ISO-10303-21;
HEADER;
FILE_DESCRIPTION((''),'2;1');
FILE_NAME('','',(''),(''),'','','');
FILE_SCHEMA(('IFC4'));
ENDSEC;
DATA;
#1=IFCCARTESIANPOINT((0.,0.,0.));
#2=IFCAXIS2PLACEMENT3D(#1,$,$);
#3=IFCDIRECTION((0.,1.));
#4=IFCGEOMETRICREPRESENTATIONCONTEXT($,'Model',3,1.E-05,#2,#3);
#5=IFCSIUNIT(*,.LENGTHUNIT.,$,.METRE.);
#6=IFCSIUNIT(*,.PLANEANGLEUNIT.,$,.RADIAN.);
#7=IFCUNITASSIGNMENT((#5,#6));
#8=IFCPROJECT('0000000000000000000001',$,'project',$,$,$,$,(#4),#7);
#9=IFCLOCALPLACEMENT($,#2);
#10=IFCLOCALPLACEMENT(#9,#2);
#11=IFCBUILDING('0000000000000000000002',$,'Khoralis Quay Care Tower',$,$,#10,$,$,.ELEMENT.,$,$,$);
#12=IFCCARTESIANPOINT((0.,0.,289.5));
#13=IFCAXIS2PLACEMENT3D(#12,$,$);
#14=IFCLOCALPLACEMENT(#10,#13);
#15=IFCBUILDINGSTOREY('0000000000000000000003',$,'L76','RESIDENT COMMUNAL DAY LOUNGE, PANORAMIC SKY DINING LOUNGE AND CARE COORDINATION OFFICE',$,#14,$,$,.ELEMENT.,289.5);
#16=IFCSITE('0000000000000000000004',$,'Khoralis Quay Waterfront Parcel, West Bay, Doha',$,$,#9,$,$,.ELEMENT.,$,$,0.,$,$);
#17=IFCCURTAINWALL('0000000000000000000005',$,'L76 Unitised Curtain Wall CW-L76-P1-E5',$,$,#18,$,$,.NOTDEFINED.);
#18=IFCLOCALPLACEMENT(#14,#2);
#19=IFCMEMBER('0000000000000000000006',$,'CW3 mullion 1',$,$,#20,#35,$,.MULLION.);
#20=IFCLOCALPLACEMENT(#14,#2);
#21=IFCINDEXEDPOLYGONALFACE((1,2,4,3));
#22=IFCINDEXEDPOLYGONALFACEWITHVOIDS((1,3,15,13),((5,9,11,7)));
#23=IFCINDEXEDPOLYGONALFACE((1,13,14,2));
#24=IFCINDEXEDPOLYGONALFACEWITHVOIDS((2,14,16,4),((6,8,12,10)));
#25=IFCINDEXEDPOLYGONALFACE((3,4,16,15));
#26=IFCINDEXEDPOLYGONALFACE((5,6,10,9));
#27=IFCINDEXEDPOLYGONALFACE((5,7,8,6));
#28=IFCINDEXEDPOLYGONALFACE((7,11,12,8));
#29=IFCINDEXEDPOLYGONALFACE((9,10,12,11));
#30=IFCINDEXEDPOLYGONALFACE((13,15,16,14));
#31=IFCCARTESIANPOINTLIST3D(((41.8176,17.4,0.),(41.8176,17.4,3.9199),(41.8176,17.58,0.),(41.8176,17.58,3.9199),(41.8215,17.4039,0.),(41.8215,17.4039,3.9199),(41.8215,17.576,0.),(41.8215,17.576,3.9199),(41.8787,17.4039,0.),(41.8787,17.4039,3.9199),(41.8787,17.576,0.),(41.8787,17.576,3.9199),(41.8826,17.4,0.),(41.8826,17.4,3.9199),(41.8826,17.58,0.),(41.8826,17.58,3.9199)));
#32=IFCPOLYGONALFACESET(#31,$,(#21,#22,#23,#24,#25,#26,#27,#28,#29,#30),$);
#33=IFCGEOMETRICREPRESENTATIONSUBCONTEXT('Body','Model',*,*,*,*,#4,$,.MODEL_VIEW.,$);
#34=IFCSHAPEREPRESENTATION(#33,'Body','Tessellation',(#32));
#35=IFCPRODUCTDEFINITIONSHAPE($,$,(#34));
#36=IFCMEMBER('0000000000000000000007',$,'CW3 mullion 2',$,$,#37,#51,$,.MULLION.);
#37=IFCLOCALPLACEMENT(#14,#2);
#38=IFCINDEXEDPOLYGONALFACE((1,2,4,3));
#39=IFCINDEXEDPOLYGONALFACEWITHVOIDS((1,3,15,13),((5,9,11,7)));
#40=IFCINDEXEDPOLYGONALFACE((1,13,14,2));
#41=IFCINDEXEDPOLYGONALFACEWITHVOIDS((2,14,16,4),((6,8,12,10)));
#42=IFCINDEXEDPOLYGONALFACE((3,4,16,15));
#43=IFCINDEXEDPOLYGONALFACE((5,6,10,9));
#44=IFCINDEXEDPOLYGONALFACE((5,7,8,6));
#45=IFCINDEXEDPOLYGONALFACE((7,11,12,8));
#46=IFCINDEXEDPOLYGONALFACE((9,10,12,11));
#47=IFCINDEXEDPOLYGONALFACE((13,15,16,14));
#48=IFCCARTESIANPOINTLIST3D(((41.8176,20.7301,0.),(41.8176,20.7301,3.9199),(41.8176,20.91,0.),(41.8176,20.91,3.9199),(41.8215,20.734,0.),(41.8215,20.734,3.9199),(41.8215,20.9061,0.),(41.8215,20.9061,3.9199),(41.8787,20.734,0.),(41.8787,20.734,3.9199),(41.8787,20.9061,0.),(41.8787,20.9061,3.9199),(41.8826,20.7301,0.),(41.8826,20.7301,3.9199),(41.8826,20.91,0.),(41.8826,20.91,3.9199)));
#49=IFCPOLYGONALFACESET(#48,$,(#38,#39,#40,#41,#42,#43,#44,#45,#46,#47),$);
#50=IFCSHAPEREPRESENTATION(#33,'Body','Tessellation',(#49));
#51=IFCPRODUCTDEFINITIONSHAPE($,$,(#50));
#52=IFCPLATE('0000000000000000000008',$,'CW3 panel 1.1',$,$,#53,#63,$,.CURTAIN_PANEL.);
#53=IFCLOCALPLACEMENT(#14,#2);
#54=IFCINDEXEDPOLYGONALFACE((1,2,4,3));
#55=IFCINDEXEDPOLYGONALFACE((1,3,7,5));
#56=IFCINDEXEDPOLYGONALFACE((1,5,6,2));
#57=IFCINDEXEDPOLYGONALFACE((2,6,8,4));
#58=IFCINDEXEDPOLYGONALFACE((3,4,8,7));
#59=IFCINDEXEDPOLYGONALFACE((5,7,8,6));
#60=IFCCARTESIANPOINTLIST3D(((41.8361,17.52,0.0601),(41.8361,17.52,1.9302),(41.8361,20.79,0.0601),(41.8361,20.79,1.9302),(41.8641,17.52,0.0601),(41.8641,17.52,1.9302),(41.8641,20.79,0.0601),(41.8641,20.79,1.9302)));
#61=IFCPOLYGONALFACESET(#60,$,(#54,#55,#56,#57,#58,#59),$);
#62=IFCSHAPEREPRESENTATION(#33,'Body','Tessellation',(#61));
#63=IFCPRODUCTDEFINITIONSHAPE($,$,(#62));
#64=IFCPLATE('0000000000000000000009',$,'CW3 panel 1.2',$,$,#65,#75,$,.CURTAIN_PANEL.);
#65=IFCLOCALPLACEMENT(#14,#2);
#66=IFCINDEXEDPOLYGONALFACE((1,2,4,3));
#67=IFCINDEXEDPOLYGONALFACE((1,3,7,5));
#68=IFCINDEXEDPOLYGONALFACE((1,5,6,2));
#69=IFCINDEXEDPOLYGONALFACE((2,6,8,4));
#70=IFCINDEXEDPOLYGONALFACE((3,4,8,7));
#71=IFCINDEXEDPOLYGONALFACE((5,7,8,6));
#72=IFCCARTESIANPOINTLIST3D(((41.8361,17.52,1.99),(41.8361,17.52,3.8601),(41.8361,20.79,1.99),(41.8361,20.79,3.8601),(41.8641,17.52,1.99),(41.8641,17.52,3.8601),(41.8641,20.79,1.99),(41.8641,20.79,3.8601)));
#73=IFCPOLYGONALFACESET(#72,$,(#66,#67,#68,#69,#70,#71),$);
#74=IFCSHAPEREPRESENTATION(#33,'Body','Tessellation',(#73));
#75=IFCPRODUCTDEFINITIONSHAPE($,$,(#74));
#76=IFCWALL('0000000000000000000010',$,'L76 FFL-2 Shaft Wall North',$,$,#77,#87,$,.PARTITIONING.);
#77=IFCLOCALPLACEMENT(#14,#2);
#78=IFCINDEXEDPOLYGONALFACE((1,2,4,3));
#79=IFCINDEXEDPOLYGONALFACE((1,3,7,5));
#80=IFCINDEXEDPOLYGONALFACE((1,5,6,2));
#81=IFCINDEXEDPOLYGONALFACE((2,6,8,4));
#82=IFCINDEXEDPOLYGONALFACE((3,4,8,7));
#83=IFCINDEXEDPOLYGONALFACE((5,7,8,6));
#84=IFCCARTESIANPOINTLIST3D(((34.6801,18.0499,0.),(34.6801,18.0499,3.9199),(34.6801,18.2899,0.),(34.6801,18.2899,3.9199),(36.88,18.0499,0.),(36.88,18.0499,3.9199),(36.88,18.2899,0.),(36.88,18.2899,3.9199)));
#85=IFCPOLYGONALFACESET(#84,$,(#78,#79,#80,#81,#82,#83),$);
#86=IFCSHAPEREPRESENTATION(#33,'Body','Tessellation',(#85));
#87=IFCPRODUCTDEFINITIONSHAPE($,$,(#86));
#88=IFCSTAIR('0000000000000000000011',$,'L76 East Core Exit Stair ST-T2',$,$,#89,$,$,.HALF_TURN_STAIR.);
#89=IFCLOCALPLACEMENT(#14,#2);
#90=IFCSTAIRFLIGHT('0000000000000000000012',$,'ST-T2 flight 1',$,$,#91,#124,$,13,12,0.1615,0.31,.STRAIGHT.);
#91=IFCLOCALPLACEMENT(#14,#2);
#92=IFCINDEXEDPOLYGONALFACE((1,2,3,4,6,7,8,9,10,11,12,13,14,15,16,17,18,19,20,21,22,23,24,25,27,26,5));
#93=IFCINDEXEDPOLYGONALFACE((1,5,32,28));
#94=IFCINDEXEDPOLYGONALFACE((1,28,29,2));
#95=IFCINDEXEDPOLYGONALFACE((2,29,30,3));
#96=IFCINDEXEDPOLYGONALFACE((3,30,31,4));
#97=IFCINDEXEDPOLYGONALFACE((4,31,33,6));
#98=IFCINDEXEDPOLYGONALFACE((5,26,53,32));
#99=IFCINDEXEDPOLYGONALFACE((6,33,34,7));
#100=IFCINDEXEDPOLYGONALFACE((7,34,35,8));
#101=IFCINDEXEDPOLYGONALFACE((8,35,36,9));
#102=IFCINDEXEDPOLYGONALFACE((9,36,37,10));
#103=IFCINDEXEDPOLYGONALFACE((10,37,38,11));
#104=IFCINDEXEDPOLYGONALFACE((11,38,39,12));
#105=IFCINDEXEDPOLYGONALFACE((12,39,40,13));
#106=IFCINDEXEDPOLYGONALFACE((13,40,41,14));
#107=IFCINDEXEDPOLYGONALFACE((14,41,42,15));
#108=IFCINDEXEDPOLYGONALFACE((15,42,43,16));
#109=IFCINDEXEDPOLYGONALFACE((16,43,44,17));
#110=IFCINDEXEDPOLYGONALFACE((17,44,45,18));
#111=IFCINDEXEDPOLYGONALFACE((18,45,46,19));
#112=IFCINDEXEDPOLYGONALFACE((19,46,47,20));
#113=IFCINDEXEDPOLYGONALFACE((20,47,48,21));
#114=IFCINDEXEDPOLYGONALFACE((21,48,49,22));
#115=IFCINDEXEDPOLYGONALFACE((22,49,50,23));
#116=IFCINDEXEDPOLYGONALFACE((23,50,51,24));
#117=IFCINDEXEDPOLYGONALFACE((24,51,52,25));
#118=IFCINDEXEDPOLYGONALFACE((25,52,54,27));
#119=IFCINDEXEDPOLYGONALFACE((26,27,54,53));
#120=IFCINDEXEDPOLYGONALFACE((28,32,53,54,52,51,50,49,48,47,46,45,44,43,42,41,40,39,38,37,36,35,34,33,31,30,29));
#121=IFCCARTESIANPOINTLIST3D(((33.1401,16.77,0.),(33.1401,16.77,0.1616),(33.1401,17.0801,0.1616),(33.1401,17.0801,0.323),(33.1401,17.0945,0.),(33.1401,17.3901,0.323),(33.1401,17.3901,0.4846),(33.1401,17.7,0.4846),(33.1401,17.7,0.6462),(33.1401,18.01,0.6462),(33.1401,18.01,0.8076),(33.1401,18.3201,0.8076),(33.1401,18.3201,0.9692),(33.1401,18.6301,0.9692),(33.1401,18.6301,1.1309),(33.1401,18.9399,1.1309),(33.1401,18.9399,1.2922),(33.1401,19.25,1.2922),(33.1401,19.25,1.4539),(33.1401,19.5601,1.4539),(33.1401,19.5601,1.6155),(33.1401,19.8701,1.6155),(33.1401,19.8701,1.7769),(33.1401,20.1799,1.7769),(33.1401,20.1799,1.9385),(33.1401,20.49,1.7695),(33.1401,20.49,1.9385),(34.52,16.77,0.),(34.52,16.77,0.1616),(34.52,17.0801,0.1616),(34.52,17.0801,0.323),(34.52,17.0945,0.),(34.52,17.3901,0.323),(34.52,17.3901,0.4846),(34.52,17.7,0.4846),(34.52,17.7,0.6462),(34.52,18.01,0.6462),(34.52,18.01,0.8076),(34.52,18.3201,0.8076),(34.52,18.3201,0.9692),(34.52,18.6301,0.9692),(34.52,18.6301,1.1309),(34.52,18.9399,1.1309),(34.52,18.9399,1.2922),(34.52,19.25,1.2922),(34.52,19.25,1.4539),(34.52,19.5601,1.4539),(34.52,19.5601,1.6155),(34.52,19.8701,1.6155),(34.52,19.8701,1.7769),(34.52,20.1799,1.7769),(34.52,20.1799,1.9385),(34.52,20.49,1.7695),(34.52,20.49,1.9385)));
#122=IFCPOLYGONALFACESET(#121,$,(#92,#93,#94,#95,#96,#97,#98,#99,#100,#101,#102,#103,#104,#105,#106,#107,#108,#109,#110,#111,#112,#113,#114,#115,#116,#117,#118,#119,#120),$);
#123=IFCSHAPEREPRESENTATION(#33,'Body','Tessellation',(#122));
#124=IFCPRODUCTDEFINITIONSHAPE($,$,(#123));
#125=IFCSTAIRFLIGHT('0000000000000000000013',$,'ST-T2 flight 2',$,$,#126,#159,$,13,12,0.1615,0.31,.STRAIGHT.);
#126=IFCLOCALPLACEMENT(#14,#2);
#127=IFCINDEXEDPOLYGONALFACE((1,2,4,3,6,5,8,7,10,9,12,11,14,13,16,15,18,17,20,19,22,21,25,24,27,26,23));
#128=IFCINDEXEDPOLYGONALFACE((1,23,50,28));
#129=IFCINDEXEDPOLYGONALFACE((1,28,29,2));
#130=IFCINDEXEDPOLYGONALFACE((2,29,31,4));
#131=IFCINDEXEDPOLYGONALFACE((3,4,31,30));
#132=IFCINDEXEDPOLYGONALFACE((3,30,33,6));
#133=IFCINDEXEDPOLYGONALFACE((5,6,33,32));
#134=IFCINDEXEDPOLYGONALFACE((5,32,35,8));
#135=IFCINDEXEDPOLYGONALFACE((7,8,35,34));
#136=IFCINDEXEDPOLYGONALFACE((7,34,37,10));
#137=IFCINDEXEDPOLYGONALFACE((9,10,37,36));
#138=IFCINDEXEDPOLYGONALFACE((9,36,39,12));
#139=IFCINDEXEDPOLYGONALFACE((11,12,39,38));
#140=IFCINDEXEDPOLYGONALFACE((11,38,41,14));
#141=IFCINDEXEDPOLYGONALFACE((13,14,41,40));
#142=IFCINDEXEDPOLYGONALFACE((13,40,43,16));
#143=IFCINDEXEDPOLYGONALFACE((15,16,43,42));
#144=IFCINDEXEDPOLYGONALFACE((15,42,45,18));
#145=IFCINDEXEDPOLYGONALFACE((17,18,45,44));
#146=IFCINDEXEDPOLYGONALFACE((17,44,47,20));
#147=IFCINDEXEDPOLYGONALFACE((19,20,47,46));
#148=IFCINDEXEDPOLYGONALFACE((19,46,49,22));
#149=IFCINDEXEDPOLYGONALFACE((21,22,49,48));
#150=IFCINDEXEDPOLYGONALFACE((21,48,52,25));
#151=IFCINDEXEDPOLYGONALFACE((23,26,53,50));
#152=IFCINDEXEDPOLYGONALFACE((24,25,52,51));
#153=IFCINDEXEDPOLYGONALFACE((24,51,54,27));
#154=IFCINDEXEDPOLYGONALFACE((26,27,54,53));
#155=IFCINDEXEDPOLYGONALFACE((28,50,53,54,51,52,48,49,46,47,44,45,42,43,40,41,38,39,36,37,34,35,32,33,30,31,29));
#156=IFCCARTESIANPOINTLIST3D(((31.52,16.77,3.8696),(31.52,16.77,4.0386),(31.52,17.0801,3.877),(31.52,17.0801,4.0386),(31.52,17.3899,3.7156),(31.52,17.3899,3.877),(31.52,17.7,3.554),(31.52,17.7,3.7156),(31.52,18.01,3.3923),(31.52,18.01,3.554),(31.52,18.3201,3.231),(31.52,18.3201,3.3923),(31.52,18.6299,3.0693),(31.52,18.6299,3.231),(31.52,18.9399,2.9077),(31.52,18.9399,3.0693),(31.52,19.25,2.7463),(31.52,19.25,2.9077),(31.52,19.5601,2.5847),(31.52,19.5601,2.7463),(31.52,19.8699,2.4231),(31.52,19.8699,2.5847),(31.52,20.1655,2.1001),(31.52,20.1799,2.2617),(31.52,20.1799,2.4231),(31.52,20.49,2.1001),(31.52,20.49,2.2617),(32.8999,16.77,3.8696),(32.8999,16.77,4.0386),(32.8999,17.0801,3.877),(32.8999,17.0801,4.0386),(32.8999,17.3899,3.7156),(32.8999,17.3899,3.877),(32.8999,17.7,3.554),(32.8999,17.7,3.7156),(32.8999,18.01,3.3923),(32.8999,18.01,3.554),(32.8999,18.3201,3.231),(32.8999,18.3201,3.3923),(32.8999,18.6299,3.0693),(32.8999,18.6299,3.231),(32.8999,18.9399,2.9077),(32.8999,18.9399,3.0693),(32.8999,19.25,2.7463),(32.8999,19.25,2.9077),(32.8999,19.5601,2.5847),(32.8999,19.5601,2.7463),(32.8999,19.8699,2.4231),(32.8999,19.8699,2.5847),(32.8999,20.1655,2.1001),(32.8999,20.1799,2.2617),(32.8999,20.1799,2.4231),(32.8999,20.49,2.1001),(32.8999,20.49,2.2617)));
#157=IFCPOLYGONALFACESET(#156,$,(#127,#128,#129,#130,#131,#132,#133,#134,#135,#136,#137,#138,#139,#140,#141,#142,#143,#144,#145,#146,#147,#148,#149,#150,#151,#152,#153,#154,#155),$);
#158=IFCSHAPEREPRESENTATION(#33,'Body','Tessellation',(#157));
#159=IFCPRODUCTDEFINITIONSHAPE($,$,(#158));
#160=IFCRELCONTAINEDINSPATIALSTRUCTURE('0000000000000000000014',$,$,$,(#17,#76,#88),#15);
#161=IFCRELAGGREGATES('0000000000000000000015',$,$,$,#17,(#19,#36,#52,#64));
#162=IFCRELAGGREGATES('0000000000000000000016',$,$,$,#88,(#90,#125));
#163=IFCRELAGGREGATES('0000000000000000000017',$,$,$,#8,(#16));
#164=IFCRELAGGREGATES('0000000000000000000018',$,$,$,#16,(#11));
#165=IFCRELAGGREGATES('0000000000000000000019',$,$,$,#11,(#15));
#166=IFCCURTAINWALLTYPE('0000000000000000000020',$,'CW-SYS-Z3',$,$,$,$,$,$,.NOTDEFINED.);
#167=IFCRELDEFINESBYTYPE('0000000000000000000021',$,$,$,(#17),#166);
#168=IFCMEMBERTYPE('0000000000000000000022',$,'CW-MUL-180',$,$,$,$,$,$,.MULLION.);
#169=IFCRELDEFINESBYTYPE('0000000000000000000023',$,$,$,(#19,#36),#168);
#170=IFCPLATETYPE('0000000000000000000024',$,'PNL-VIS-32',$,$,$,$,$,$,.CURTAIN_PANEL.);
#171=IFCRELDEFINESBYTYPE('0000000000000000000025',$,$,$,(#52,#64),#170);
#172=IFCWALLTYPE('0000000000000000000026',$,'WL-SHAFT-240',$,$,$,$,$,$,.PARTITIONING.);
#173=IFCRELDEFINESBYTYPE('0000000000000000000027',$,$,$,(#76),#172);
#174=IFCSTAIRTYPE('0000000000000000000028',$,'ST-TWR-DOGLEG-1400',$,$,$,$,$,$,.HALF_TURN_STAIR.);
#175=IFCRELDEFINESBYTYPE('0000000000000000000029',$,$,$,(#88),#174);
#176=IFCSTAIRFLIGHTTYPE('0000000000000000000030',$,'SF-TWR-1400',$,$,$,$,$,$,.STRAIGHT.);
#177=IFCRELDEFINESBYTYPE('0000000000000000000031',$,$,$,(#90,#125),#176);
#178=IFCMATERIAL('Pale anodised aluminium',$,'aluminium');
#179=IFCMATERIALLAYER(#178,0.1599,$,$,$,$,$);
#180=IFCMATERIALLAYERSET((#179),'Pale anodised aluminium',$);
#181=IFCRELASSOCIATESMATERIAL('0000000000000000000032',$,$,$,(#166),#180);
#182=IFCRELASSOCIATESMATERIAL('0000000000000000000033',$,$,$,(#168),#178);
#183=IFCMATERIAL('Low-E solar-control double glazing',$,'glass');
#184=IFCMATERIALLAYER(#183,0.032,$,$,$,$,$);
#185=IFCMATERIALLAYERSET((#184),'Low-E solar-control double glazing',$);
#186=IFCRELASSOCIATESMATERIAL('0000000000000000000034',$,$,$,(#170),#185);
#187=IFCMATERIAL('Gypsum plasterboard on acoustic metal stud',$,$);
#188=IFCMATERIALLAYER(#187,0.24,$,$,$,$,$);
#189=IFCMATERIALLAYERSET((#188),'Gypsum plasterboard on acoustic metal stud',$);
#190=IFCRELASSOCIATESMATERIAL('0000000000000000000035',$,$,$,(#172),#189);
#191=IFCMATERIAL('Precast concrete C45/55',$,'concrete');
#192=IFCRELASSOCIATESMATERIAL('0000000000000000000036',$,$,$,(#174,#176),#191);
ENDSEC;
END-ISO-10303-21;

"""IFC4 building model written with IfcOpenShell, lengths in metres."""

from ifc_helpers import new_model, si_unit, direction, frame, frame_2d, origin, origin_2d, place, context, subcontext, project, spatial, polyline, rectangle, hollow_rectangle, outline, extrude, source, transform, mapped, material, layer, layer_set, material_profile, profile_set, type_object, element, aggregate, save


model = new_model("IFC4")

# Units and contexts
model_context = context("Model", 3, precision=1e-05, world=origin(), true_north=direction((0.0, 1.0)))
body_context = subcontext(model_context, "Body", "Model", "MODEL_VIEW")
ifc_project = project(units=[si_unit("LENGTHUNIT", "METRE"), si_unit("PLANEANGLEUNIT", "RADIAN")], contexts=[model_context])

# Site, building, storey
site_placement = place(None, origin())
site = spatial("IfcSite", under=ifc_project, at=site_placement, Name="Khoralis Quay Waterfront Parcel, West Bay, Doha", CompositionType="ELEMENT", RefElevation=0.0)
building_placement = place(site_placement, origin())
building = spatial("IfcBuilding", under=site, at=building_placement, Name="Khoralis Quay Care Tower", CompositionType="ELEMENT")
storey_placement = place(building_placement, frame((0.0, 0.0, 289.5)))
storey = spatial("IfcBuildingStorey", under=building, at=storey_placement, Name="L76", Description="RESIDENT COMMUNAL DAY LOUNGE, PANORAMIC SKY DINING LOUNGE AND CARE COORDINATION OFFICE", CompositionType="ELEMENT", Elevation=289.5)

# Curtain wall, members, plates
ifc_material_1 = material(Name="Pale anodised aluminium", Category="aluminium")
ifc_layer_1 = layer(ifc_material_1, 0.1599)
ifc_layer_set_1 = layer_set([ifc_layer_1], Name="Pale anodised aluminium")
curtain_wall_type = type_object("IfcCurtainWallType", Name="CW-SYS-Z3", PredefinedType="NOTDEFINED", material=ifc_layer_set_1)
curtain_wall_placement = place(storey_placement, origin())
curtain_wall = element("IfcCurtainWall", 1, at=curtain_wall_placement, inside=storey, type_object=curtain_wall_type, Name="L76 Unitised Curtain Wall CW-L76-P1-E5", PredefinedType="NOTDEFINED")
ifc_material_profile_1 = material_profile(ifc_material_1, hollow_rectangle(XDim=0.0649, YDim=0.1799, WallThickness=0.0039, at=origin_2d()), Name="Pale anodised aluminium")
ifc_profile_set_1 = profile_set([ifc_material_profile_1], Name="Pale anodised aluminium")
member_type_1 = type_object("IfcMemberType", Name="CW-MUL-180", PredefinedType="MULLION", material=ifc_profile_set_1)
shared_shape_1 = source(origin(), body_context, "Body", "SweptSolid", [
    extrude(hollow_rectangle(XDim=0.0649, YDim=0.1799, WallThickness=0.0039, at=origin_2d()), origin(), (0.0, 0.0, 1.0), 3.9199),
])
member_1_placement = place(storey_placement, frame((41.8501, 17.49, 0.0), z_axis=(0.0, 0.0, 1.0), x_axis=(-1.0, 0.0, 0.0)))
member_1 = element("IfcMember", 2, at=member_1_placement, type_object=member_type_1, Name="CW3 mullion 1", PredefinedType="MULLION", context=body_context, shape_type="MappedRepresentation", body=[
    mapped(shared_shape_1, transform((0.0, 0.0, 0.0), scale=1.0)),
])
member_2_placement = place(storey_placement, frame((41.8501, 20.8201, 0.0), z_axis=(0.0, 0.0, 1.0), x_axis=(-1.0, 0.0, 0.0)))
member_2 = element("IfcMember", 3, at=member_2_placement, type_object=member_type_1, Name="CW3 mullion 2", PredefinedType="MULLION", context=body_context, shape_type="MappedRepresentation", body=[
    mapped(shared_shape_1, transform((0.0, 0.0, 0.0), scale=1.0)),
])
ifc_material_2 = material(Name="Low-E solar-control double glazing", Category="glass")
ifc_layer_2 = layer(ifc_material_2, 0.032)
ifc_layer_set_2 = layer_set([ifc_layer_2], Name="Low-E solar-control double glazing")
plate_type = type_object("IfcPlateType", Name="PNL-VIS-32", PredefinedType="CURTAIN_PANEL", material=ifc_layer_set_2)
shared_shape_2 = source(origin(), body_context, "Body", "SweptSolid", [
    extrude(rectangle(XDim=3.27, YDim=0.0281, at=origin_2d()), origin(), (0.0, 0.0, 1.0), 1.8701),
])
plate_1_placement = place(storey_placement, frame((41.8501, 19.155, 0.0601), z_axis=(0.0, 0.0, 1.0), x_axis=(0.0, 1.0, 0.0)))
plate_1 = element("IfcPlate", 4, at=plate_1_placement, type_object=plate_type, Name="CW3 panel 1.1", PredefinedType="CURTAIN_PANEL", context=body_context, shape_type="MappedRepresentation", body=[
    mapped(shared_shape_2, transform((0.0, 0.0, 0.0), scale=1.0)),
])
plate_2_placement = place(storey_placement, frame((41.8501, 19.155, 1.99), z_axis=(0.0, 0.0, 1.0), x_axis=(0.0, 1.0, 0.0)))
plate_2 = element("IfcPlate", 5, at=plate_2_placement, type_object=plate_type, Name="CW3 panel 1.2", PredefinedType="CURTAIN_PANEL", context=body_context, shape_type="MappedRepresentation", body=[
    mapped(shared_shape_2, transform((0.0, 0.0, 0.0), scale=1.0)),
])
aggregate(curtain_wall, [member_1, member_2, plate_1, plate_2])

# Wall
ifc_material_3 = material(Name="Gypsum plasterboard on acoustic metal stud")
ifc_layer_3 = layer(ifc_material_3, 0.24)
ifc_layer_set_3 = layer_set([ifc_layer_3], Name="Gypsum plasterboard on acoustic metal stud")
wall_type = type_object("IfcWallType", Name="WL-SHAFT-240", PredefinedType="PARTITIONING", material=ifc_layer_set_3)
wall_placement = place(storey_placement, frame((34.6799, 18.1699, 0.0), z_axis=(0.0, 0.0, 1.0), x_axis=(1.0, 0.0, 0.0)))
element("IfcWall", 6, at=wall_placement, inside=storey, type_object=wall_type, Name="L76 FFL-2 Shaft Wall North", PredefinedType="PARTITIONING", context=body_context, shape_type="SweptSolid", body=[
    extrude(rectangle(XDim=2.2, YDim=0.24, at=frame_2d((1.1001, 0.0))), origin(), (0.0, 0.0, 1.0), 3.9199),
])

# Stair, stair flights
ifc_material_4 = material(Name="Precast concrete C45/55", Category="concrete")
stair_type = type_object("IfcStairType", Name="ST-TWR-DOGLEG-1400", PredefinedType="HALF_TURN_STAIR", material=ifc_material_4)
stair_placement = place(storey_placement, origin())
stair = element("IfcStair", 7, at=stair_placement, inside=storey, type_object=stair_type, Name="L76 East Core Exit Stair ST-T2", PredefinedType="HALF_TURN_STAIR")
stair_flight_type = type_object("IfcStairFlightType", Name="SF-TWR-1400", PredefinedType="STRAIGHT", material=ifc_material_4)
shared_shape_3 = source(origin(), body_context, "Body", "SweptSolid", [
    extrude(outline(polyline([(0.0, 0.0), (0.0, 0.1616), (0.3101, 0.1616), (0.3101, 0.323), (0.6201, 0.323), (0.6201, 0.4846), (0.9299, 0.4846), (0.9299, 0.6462), (1.24, 0.6462), (1.24, 0.8076), (1.55, 0.8076), (1.55, 0.9692), (1.8601, 0.9692), (1.8601, 1.1309), (2.1699, 1.1309), (2.1699, 1.2922), (2.48, 1.2922), (2.48, 1.4539), (2.79, 1.4539), (2.79, 1.6155), (3.1001, 1.6155), (3.1001, 1.7769), (3.4099, 1.7769), (3.4099, 1.9385), (3.72, 1.9385), (3.72, 2.1001), (3.72, 1.7695), (0.3245, 0.0), (0.0, 0.0)])), frame((0.0, 0.6899, 0.0), z_axis=(0.0, -1.0, 0.0), x_axis=(1.0, 0.0, 0.0)), (0.0, 0.0, 1.0), 1.3799),
])
stair_flight_1_placement = place(storey_placement, frame((33.8301, 16.77, 0.0), z_axis=(0.0, 0.0, 1.0), x_axis=(0.0, 1.0, 0.0)))
stair_flight_1 = element("IfcStairFlight", 8, at=stair_flight_1_placement, type_object=stair_flight_type, Name="ST-T2 flight 1", NumberOfRisers=13, NumberOfTreads=12, PredefinedType="STRAIGHT", RiserHeight=0.1615, TreadLength=0.31, context=body_context, shape_type="MappedRepresentation", body=[
    mapped(shared_shape_3, transform((0.0, 0.0, 0.0), scale=1.0)),
])
stair_flight_2_placement = place(storey_placement, frame((32.21, 20.49, 2.1001), z_axis=(0.0, 0.0, 1.0), x_axis=(0.0, -1.0, 0.0)))
stair_flight_2 = element("IfcStairFlight", 9, at=stair_flight_2_placement, type_object=stair_flight_type, Name="ST-T2 flight 2", NumberOfRisers=13, NumberOfTreads=12, PredefinedType="STRAIGHT", RiserHeight=0.1615, TreadLength=0.31, context=body_context, shape_type="MappedRepresentation", body=[
    mapped(shared_shape_3, transform((0.0, 0.0, 0.0), scale=1.0)),
])
aggregate(stair, [stair_flight_1, stair_flight_2])

save(model, "model.ifc")
